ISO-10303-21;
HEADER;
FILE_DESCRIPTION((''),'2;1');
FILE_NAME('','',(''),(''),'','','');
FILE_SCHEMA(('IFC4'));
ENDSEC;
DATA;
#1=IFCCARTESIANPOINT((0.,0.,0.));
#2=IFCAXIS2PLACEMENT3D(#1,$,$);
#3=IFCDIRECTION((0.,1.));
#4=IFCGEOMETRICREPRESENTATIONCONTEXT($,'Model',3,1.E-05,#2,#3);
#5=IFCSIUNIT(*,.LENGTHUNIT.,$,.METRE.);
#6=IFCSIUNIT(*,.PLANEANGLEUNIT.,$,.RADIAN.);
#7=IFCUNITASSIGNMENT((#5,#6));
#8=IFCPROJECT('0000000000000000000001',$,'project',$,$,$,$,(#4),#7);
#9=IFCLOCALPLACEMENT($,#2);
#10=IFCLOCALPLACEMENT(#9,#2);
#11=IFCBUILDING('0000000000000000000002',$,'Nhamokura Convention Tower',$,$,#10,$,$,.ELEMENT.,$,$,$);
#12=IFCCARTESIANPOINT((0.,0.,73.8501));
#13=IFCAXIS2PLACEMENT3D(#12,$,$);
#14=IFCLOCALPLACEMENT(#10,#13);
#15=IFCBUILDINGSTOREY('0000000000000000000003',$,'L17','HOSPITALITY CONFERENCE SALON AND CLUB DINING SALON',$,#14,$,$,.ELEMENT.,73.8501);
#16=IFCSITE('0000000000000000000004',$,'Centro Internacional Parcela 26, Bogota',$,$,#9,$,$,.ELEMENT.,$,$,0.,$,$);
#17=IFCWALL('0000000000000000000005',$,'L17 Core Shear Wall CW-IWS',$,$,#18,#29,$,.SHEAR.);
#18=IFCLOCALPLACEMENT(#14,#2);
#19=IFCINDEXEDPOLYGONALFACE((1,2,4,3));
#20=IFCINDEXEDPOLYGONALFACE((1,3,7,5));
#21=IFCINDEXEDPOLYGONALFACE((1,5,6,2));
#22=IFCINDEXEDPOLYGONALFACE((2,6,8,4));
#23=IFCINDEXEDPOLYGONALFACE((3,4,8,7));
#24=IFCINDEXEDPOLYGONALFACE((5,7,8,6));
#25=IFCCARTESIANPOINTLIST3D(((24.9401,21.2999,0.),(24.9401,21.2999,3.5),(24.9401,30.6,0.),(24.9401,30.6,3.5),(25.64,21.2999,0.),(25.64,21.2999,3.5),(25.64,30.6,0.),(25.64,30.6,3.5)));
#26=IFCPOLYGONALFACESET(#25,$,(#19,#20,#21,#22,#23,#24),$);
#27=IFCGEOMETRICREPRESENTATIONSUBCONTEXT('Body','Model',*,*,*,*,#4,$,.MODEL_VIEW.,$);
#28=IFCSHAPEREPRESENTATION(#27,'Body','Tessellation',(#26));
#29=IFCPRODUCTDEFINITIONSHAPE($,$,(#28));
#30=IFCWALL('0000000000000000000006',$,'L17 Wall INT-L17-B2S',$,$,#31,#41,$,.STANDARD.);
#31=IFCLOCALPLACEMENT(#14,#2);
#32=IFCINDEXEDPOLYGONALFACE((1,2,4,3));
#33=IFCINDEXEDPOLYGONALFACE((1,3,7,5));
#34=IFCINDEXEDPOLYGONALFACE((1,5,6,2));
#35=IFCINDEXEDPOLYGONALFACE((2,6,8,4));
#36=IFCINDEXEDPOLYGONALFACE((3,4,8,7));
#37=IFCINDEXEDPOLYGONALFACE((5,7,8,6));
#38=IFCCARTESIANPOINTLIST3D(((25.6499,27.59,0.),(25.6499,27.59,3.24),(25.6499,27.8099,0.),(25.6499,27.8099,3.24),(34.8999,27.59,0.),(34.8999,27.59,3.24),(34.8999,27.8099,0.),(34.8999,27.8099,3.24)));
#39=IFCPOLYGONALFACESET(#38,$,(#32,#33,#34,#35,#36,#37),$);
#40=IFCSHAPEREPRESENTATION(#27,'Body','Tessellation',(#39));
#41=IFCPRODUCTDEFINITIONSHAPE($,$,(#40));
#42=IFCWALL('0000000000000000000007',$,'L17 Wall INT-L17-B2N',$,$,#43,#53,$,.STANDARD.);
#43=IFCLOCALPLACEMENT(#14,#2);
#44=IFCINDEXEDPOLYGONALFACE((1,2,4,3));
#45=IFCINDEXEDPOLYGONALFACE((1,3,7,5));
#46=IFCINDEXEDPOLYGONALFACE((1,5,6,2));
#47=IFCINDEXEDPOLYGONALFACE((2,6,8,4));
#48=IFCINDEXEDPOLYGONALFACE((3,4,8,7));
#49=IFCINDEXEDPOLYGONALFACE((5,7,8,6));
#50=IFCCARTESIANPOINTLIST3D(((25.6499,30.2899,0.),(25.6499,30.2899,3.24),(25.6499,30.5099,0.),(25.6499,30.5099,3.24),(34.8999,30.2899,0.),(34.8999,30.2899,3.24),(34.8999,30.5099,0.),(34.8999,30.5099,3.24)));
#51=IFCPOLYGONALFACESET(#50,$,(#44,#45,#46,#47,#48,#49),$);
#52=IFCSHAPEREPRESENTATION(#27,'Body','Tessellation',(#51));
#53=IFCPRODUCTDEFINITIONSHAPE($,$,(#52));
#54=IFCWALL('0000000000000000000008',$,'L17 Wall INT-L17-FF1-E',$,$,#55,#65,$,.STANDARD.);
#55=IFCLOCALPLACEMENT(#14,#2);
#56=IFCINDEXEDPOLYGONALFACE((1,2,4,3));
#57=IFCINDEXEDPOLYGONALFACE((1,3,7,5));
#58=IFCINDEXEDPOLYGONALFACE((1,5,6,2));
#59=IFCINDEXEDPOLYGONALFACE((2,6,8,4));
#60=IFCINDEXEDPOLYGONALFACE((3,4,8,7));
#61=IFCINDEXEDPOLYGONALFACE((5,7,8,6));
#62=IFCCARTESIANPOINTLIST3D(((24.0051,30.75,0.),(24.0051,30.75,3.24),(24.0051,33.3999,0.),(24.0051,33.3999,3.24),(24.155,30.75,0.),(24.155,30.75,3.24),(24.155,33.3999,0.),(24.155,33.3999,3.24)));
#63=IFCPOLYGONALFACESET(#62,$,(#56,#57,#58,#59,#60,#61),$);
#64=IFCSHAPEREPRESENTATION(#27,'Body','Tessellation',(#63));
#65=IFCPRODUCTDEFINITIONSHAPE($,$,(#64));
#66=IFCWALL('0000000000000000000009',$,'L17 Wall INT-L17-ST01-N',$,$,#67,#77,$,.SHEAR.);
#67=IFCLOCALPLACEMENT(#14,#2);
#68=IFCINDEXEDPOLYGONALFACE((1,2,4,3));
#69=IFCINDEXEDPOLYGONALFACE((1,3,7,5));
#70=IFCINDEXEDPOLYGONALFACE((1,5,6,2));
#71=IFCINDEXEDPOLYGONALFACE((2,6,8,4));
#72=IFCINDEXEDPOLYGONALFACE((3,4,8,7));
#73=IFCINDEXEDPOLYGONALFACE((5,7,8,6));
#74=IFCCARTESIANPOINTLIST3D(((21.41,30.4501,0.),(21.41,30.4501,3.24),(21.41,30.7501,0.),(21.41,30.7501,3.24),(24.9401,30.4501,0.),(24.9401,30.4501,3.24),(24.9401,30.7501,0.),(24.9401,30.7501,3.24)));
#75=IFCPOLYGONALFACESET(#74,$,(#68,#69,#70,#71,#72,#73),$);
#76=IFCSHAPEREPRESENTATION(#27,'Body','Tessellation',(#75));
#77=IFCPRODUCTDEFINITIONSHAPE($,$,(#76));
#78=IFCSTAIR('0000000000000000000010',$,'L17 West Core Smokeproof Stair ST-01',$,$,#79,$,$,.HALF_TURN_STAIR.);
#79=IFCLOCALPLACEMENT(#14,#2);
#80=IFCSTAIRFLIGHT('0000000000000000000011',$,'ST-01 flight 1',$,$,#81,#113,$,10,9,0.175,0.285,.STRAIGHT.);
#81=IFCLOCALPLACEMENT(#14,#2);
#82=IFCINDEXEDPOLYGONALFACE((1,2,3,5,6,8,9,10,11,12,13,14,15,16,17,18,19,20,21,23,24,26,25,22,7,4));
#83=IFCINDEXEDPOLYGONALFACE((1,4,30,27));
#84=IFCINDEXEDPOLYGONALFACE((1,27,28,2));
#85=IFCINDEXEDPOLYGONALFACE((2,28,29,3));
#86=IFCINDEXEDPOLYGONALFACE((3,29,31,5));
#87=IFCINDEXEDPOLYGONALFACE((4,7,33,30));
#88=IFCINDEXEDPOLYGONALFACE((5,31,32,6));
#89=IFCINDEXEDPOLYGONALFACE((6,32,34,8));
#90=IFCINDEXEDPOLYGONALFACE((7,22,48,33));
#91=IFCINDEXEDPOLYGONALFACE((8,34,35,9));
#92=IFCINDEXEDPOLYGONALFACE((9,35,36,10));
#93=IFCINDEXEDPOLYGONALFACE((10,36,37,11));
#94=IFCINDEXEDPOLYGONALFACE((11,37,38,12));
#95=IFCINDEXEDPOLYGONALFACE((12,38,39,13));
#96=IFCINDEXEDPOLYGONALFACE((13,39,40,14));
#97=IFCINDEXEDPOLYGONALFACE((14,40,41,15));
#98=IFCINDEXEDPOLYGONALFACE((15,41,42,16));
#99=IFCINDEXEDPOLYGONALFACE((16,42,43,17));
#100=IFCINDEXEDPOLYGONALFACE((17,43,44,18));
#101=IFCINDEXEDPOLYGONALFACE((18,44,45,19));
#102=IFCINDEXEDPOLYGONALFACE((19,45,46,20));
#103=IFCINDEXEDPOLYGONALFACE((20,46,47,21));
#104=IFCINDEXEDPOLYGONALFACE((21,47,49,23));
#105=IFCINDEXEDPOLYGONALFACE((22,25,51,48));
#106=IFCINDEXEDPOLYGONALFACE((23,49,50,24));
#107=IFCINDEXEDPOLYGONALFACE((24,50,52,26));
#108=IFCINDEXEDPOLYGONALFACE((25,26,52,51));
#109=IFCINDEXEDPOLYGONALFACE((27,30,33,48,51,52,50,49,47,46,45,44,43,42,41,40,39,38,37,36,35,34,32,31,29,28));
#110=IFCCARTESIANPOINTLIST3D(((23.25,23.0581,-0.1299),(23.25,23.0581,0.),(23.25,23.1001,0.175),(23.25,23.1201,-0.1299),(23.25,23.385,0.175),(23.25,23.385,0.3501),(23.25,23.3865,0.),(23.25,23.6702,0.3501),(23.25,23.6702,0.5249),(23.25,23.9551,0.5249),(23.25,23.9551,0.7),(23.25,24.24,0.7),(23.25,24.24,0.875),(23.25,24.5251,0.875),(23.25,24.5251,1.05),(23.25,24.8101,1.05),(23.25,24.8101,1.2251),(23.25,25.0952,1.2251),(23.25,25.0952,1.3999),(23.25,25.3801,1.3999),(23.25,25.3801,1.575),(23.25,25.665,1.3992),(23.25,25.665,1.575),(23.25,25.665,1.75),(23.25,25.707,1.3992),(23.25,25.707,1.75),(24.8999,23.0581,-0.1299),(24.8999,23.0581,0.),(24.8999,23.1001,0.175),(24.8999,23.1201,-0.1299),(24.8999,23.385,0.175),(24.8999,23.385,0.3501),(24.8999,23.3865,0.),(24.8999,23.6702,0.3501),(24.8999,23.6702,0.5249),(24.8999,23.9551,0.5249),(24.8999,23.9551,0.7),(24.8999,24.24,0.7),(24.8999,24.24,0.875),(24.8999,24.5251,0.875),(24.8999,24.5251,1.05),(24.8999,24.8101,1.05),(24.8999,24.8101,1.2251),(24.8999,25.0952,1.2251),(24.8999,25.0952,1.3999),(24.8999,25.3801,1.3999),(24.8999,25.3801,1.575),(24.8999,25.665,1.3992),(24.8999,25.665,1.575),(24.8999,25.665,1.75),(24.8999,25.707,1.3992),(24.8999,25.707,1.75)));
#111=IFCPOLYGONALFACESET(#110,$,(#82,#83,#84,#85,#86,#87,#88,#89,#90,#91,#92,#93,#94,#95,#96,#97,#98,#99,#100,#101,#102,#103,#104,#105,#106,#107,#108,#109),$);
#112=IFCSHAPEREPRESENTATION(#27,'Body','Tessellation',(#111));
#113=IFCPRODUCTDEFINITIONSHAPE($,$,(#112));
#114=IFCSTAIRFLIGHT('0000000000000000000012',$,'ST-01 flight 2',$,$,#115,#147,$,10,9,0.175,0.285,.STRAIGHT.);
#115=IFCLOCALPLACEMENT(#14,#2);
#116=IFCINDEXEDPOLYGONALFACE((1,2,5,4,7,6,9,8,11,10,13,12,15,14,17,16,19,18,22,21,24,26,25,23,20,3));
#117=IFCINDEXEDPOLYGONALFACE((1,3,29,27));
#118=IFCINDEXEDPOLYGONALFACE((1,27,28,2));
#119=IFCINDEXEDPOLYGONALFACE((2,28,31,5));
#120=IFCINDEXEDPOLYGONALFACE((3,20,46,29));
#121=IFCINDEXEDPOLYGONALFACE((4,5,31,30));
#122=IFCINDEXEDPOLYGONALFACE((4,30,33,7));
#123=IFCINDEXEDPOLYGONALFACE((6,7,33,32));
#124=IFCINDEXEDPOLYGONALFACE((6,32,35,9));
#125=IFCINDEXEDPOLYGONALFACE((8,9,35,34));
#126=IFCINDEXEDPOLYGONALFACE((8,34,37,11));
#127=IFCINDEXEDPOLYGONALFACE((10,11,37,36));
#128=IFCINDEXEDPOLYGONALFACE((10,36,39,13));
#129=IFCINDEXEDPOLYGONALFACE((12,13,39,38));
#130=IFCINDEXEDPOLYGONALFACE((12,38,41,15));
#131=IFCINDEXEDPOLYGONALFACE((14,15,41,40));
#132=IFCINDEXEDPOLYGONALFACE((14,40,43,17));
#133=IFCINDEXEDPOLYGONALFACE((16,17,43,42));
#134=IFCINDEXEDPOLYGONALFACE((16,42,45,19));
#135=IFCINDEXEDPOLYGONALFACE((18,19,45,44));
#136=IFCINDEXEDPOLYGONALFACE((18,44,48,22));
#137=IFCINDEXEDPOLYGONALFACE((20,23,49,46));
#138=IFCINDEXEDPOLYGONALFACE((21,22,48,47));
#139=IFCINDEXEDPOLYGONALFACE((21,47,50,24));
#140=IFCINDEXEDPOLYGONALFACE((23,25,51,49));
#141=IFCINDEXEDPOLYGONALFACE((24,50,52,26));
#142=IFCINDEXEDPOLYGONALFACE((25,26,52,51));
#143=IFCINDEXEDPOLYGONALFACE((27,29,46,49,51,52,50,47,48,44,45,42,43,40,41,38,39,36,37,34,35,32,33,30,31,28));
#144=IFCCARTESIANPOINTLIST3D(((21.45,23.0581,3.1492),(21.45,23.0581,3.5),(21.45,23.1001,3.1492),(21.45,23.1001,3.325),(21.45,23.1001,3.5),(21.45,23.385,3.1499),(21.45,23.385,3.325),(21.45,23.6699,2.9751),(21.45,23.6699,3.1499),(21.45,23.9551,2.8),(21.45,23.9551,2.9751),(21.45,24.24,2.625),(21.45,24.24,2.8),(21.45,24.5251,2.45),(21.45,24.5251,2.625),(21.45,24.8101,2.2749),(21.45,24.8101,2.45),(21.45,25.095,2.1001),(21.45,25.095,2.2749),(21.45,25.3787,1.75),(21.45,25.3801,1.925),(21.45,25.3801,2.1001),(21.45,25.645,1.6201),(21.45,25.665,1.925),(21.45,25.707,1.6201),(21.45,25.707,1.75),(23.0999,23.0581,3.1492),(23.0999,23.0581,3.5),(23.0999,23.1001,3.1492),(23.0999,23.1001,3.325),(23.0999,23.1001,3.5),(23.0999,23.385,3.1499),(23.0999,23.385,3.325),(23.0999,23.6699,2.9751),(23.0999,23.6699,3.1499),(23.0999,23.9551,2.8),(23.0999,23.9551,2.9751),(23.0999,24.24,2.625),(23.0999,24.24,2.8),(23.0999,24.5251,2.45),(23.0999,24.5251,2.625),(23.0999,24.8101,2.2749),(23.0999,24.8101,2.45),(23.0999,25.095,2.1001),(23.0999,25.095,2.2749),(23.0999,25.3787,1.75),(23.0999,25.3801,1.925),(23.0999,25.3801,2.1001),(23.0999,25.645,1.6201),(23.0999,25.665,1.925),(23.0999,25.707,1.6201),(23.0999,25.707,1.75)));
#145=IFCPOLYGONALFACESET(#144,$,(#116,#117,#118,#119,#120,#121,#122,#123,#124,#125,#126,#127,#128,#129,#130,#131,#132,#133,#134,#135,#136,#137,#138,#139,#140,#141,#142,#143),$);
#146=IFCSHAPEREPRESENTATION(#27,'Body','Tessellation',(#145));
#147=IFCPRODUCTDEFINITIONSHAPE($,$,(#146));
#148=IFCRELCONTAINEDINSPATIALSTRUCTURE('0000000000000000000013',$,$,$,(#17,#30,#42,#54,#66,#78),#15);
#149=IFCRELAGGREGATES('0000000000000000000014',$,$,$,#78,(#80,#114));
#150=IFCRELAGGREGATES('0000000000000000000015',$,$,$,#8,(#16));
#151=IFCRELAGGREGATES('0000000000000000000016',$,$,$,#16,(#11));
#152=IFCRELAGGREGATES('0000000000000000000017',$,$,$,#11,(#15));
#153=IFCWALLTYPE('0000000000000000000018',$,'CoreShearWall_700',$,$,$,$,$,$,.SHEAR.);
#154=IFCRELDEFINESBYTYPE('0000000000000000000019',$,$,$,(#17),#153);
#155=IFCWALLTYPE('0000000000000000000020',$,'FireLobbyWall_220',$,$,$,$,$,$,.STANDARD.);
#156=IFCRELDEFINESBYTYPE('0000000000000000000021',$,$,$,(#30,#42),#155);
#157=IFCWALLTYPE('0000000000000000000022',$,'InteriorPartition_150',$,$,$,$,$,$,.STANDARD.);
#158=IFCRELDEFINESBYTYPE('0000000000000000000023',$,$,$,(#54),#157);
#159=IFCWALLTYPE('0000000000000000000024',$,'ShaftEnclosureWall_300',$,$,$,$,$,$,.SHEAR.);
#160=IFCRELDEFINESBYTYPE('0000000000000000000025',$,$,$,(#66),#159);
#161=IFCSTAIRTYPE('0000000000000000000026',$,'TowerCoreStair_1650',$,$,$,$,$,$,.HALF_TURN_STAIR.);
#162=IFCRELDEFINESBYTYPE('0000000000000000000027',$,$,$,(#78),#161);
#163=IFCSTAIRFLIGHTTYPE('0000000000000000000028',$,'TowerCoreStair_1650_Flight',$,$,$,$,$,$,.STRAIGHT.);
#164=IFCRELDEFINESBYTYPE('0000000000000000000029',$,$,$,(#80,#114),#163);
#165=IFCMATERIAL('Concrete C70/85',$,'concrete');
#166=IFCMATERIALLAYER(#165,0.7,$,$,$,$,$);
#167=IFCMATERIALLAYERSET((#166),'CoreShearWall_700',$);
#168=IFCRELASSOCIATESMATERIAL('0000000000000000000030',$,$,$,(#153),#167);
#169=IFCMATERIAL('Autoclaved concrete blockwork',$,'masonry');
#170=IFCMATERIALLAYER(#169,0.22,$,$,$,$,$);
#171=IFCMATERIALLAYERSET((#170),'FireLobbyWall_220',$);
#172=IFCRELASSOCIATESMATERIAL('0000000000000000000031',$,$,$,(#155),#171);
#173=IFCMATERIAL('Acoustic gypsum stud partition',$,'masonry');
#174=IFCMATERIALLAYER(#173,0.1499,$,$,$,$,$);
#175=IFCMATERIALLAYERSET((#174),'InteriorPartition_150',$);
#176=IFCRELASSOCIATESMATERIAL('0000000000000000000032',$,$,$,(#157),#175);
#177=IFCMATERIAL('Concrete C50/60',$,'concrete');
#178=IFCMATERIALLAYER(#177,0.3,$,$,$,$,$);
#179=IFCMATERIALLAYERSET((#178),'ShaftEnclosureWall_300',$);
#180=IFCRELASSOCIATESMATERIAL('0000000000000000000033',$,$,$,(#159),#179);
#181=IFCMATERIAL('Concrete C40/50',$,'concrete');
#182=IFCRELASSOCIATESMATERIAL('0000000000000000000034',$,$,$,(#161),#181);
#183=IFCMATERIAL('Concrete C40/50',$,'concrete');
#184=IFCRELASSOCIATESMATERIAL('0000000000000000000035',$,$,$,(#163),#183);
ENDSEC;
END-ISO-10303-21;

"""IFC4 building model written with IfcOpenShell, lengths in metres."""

from ifc_helpers import new_model, si_unit, direction, frame, frame_2d, origin, place, context, subcontext, project, spatial, polyline, rectangle, outline, extrude, material, layer, layer_set, type_object, element, aggregate, save


model = new_model("IFC4")

# Units and contexts
model_context = context("Model", 3, precision=1e-05, world=origin(), true_north=direction((0.0, 1.0)))
body_context = subcontext(model_context, "Body", "Model", "MODEL_VIEW")
ifc_project = project(units=[si_unit("LENGTHUNIT", "METRE"), si_unit("PLANEANGLEUNIT", "RADIAN")], contexts=[model_context])

# Site, building, storey
site_placement = place(None, origin())
site = spatial("IfcSite", under=ifc_project, at=site_placement, Name="Centro Internacional Parcela 26, Bogota", CompositionType="ELEMENT", RefElevation=0.0)
building_placement = place(site_placement, origin())
building = spatial("IfcBuilding", under=site, at=building_placement, Name="Nhamokura Convention Tower", CompositionType="ELEMENT")
storey_placement = place(building_placement, frame((0.0, 0.0, 73.8501)))
storey = spatial("IfcBuildingStorey", under=building, at=storey_placement, Name="L17", Description="HOSPITALITY CONFERENCE SALON AND CLUB DINING SALON", CompositionType="ELEMENT", Elevation=73.8501)

# Shared definitions
ifc_material_1 = material(Name="Concrete C70/85", Category="concrete")
ifc_layer_1 = layer(ifc_material_1, 0.7)
ifc_layer_set_1 = layer_set([ifc_layer_1], Name="CoreShearWall_700")
wall_type_1 = type_object("IfcWallType", Name="CoreShearWall_700", PredefinedType="SHEAR", material=ifc_layer_set_1)

# Wall
wall_1_placement = place(storey_placement, frame((25.29, 21.3, 0.0), z_axis=(0.0, 0.0, 1.0), x_axis=(0.0, 1.0, 0.0)))
element("IfcWall", 1, at=wall_1_placement, inside=storey, type_object=wall_type_1, Name="L17 Core Shear Wall CW-IWS", PredefinedType="SHEAR", context=body_context, shape_type="SweptSolid", body=[
    extrude(rectangle(XDim=9.3, YDim=0.7, at=frame_2d((4.6499, 0.0))), origin(), (0.0, 0.0, 1.0), 3.5),
])

# Shared definitions
ifc_material_2 = material(Name="Autoclaved concrete blockwork", Category="masonry")
ifc_layer_2 = layer(ifc_material_2, 0.22)
ifc_layer_set_2 = layer_set([ifc_layer_2], Name="FireLobbyWall_220")
wall_type_2 = type_object("IfcWallType", Name="FireLobbyWall_220", PredefinedType="STANDARD", material=ifc_layer_set_2)

# Walls
for number, where, z_axis, x_axis, name in (
    (2, (25.6499, 27.7, 0.0), (0.0, 0.0, 1.0), (1.0, 0.0, 0.0), "L17 Wall INT-L17-B2S"),
    (3, (25.6499, 30.3999, 0.0), (0.0, 0.0, 1.0), (1.0, 0.0, 0.0), "L17 Wall INT-L17-B2N"),
):
    element("IfcWall", number, at=place(storey_placement, frame(where, z_axis=z_axis, x_axis=x_axis)), inside=storey, type_object=wall_type_2, Name=name, PredefinedType="STANDARD", context=body_context, shape_type="SweptSolid", body=[
        extrude(rectangle(XDim=9.25, YDim=0.22, at=frame_2d((4.625, 0.0))), origin(), (0.0, 0.0, 1.0), 3.24),
    ])
ifc_material_3 = material(Name="Acoustic gypsum stud partition", Category="masonry")
ifc_layer_3 = layer(ifc_material_3, 0.1499)
ifc_layer_set_3 = layer_set([ifc_layer_3], Name="InteriorPartition_150")
wall_type_3 = type_object("IfcWallType", Name="InteriorPartition_150", PredefinedType="STANDARD", material=ifc_layer_set_3)
wall_2_placement = place(storey_placement, frame((24.0801, 30.75, 0.0), z_axis=(0.0, 0.0, 1.0), x_axis=(0.0, 1.0, 0.0)))
element("IfcWall", 4, at=wall_2_placement, inside=storey, type_object=wall_type_3, Name="L17 Wall INT-L17-FF1-E", PredefinedType="STANDARD", context=body_context, shape_type="SweptSolid", body=[
    extrude(rectangle(XDim=2.6499, YDim=0.1499, at=frame_2d((1.325, 0.0))), origin(), (0.0, 0.0, 1.0), 3.24),
])
ifc_material_4 = material(Name="Concrete C50/60", Category="concrete")
ifc_layer_4 = layer(ifc_material_4, 0.3)
ifc_layer_set_4 = layer_set([ifc_layer_4], Name="ShaftEnclosureWall_300")
wall_type_4 = type_object("IfcWallType", Name="ShaftEnclosureWall_300", PredefinedType="SHEAR", material=ifc_layer_set_4)
wall_3_placement = place(storey_placement, frame((21.4099, 30.6001, 0.0), z_axis=(0.0, 0.0, 1.0), x_axis=(1.0, 0.0, 0.0)))
element("IfcWall", 5, at=wall_3_placement, inside=storey, type_object=wall_type_4, Name="L17 Wall INT-L17-ST01-N", PredefinedType="SHEAR", context=body_context, shape_type="SweptSolid", body=[
    extrude(rectangle(XDim=3.53, YDim=0.3, at=frame_2d((1.7651, 0.0))), origin(), (0.0, 0.0, 1.0), 3.24),
])

# Stair, stair flights
ifc_material_5 = material(Name="Concrete C40/50", Category="concrete")
stair_type = type_object("IfcStairType", Name="TowerCoreStair_1650", PredefinedType="HALF_TURN_STAIR", material=ifc_material_5)
stair_placement = place(storey_placement, origin())
stair = element("IfcStair", 6, at=stair_placement, inside=storey, type_object=stair_type, Name="L17 West Core Smokeproof Stair ST-01", PredefinedType="HALF_TURN_STAIR")
ifc_material_6 = material(Name="Concrete C40/50", Category="concrete")
stair_flight_type = type_object("IfcStairFlightType", Name="TowerCoreStair_1650_Flight", PredefinedType="STRAIGHT", material=ifc_material_6)
stair_flight_1_placement = place(storey_placement, frame((24.075, 23.1001, 0.0), z_axis=(0.0, 0.0, 1.0), x_axis=(0.0, 1.0, 0.0)))
stair_flight_1 = element("IfcStairFlight", 7, at=stair_flight_1_placement, type_object=stair_flight_type, Name="ST-01 flight 1", NumberOfRisers=10, NumberOfTreads=9, PredefinedType="STRAIGHT", RiserHeight=0.175, TreadLength=0.285, context=body_context, shape_type="SweptSolid", body=[
    extrude(outline(polyline([(-0.042, 0.0), (0.0, 0.175), (0.2849, 0.175), (0.2849, 0.3501), (0.5701, 0.3501), (0.5701, 0.5249), (0.855, 0.5249), (0.855, 0.7), (1.1399, 0.7), (1.1399, 0.875), (1.425, 0.875), (1.425, 1.05), (1.71, 1.05), (1.71, 1.2251), (1.9951, 1.2251), (1.9951, 1.3999), (2.28, 1.3999), (2.28, 1.575), (2.5649, 1.575), (2.5649, 1.75), (2.6069, 1.75), (2.6069, 1.3992), (2.5649, 1.3992), (0.2864, 0.0), (0.02, -0.1299), (-0.042, -0.1299), (-0.042, 0.0)])), frame((0.0, 0.825, 0.0), z_axis=(0.0, -1.0, 0.0), x_axis=(1.0, 0.0, 0.0)), (0.0, 0.0, 1.0), 1.6499),
])
stair_flight_2_placement = place(storey_placement, frame((22.2749, 25.665, 1.75), z_axis=(0.0, 0.0, 1.0), x_axis=(0.0, -1.0, 0.0)))
stair_flight_2 = element("IfcStairFlight", 8, at=stair_flight_2_placement, type_object=stair_flight_type, Name="ST-01 flight 2", NumberOfRisers=10, NumberOfTreads=9, PredefinedType="STRAIGHT", RiserHeight=0.175, TreadLength=0.285, context=body_context, shape_type="SweptSolid", body=[
    extrude(outline(polyline([(-0.042, 0.0), (0.0, 0.175), (0.2849, 0.175), (0.2849, 0.3501), (0.5701, 0.3501), (0.5701, 0.5249), (0.855, 0.5249), (0.855, 0.7), (1.1399, 0.7), (1.1399, 0.875), (1.425, 0.875), (1.425, 1.05), (1.71, 1.05), (1.71, 1.2251), (1.9951, 1.2251), (1.9951, 1.3999), (2.28, 1.3999), (2.28, 1.575), (2.5649, 1.575), (2.5649, 1.75), (2.6069, 1.75), (2.6069, 1.3992), (2.5649, 1.3992), (0.2864, 0.0), (0.02, -0.1299), (-0.042, -0.1299), (-0.042, 0.0)])), frame((0.0, 0.825, 0.0), z_axis=(0.0, -1.0, 0.0), x_axis=(1.0, 0.0, 0.0)), (0.0, 0.0, 1.0), 1.6499),
])
aggregate(stair, [stair_flight_1, stair_flight_2])

save(model, "model.ifc")
